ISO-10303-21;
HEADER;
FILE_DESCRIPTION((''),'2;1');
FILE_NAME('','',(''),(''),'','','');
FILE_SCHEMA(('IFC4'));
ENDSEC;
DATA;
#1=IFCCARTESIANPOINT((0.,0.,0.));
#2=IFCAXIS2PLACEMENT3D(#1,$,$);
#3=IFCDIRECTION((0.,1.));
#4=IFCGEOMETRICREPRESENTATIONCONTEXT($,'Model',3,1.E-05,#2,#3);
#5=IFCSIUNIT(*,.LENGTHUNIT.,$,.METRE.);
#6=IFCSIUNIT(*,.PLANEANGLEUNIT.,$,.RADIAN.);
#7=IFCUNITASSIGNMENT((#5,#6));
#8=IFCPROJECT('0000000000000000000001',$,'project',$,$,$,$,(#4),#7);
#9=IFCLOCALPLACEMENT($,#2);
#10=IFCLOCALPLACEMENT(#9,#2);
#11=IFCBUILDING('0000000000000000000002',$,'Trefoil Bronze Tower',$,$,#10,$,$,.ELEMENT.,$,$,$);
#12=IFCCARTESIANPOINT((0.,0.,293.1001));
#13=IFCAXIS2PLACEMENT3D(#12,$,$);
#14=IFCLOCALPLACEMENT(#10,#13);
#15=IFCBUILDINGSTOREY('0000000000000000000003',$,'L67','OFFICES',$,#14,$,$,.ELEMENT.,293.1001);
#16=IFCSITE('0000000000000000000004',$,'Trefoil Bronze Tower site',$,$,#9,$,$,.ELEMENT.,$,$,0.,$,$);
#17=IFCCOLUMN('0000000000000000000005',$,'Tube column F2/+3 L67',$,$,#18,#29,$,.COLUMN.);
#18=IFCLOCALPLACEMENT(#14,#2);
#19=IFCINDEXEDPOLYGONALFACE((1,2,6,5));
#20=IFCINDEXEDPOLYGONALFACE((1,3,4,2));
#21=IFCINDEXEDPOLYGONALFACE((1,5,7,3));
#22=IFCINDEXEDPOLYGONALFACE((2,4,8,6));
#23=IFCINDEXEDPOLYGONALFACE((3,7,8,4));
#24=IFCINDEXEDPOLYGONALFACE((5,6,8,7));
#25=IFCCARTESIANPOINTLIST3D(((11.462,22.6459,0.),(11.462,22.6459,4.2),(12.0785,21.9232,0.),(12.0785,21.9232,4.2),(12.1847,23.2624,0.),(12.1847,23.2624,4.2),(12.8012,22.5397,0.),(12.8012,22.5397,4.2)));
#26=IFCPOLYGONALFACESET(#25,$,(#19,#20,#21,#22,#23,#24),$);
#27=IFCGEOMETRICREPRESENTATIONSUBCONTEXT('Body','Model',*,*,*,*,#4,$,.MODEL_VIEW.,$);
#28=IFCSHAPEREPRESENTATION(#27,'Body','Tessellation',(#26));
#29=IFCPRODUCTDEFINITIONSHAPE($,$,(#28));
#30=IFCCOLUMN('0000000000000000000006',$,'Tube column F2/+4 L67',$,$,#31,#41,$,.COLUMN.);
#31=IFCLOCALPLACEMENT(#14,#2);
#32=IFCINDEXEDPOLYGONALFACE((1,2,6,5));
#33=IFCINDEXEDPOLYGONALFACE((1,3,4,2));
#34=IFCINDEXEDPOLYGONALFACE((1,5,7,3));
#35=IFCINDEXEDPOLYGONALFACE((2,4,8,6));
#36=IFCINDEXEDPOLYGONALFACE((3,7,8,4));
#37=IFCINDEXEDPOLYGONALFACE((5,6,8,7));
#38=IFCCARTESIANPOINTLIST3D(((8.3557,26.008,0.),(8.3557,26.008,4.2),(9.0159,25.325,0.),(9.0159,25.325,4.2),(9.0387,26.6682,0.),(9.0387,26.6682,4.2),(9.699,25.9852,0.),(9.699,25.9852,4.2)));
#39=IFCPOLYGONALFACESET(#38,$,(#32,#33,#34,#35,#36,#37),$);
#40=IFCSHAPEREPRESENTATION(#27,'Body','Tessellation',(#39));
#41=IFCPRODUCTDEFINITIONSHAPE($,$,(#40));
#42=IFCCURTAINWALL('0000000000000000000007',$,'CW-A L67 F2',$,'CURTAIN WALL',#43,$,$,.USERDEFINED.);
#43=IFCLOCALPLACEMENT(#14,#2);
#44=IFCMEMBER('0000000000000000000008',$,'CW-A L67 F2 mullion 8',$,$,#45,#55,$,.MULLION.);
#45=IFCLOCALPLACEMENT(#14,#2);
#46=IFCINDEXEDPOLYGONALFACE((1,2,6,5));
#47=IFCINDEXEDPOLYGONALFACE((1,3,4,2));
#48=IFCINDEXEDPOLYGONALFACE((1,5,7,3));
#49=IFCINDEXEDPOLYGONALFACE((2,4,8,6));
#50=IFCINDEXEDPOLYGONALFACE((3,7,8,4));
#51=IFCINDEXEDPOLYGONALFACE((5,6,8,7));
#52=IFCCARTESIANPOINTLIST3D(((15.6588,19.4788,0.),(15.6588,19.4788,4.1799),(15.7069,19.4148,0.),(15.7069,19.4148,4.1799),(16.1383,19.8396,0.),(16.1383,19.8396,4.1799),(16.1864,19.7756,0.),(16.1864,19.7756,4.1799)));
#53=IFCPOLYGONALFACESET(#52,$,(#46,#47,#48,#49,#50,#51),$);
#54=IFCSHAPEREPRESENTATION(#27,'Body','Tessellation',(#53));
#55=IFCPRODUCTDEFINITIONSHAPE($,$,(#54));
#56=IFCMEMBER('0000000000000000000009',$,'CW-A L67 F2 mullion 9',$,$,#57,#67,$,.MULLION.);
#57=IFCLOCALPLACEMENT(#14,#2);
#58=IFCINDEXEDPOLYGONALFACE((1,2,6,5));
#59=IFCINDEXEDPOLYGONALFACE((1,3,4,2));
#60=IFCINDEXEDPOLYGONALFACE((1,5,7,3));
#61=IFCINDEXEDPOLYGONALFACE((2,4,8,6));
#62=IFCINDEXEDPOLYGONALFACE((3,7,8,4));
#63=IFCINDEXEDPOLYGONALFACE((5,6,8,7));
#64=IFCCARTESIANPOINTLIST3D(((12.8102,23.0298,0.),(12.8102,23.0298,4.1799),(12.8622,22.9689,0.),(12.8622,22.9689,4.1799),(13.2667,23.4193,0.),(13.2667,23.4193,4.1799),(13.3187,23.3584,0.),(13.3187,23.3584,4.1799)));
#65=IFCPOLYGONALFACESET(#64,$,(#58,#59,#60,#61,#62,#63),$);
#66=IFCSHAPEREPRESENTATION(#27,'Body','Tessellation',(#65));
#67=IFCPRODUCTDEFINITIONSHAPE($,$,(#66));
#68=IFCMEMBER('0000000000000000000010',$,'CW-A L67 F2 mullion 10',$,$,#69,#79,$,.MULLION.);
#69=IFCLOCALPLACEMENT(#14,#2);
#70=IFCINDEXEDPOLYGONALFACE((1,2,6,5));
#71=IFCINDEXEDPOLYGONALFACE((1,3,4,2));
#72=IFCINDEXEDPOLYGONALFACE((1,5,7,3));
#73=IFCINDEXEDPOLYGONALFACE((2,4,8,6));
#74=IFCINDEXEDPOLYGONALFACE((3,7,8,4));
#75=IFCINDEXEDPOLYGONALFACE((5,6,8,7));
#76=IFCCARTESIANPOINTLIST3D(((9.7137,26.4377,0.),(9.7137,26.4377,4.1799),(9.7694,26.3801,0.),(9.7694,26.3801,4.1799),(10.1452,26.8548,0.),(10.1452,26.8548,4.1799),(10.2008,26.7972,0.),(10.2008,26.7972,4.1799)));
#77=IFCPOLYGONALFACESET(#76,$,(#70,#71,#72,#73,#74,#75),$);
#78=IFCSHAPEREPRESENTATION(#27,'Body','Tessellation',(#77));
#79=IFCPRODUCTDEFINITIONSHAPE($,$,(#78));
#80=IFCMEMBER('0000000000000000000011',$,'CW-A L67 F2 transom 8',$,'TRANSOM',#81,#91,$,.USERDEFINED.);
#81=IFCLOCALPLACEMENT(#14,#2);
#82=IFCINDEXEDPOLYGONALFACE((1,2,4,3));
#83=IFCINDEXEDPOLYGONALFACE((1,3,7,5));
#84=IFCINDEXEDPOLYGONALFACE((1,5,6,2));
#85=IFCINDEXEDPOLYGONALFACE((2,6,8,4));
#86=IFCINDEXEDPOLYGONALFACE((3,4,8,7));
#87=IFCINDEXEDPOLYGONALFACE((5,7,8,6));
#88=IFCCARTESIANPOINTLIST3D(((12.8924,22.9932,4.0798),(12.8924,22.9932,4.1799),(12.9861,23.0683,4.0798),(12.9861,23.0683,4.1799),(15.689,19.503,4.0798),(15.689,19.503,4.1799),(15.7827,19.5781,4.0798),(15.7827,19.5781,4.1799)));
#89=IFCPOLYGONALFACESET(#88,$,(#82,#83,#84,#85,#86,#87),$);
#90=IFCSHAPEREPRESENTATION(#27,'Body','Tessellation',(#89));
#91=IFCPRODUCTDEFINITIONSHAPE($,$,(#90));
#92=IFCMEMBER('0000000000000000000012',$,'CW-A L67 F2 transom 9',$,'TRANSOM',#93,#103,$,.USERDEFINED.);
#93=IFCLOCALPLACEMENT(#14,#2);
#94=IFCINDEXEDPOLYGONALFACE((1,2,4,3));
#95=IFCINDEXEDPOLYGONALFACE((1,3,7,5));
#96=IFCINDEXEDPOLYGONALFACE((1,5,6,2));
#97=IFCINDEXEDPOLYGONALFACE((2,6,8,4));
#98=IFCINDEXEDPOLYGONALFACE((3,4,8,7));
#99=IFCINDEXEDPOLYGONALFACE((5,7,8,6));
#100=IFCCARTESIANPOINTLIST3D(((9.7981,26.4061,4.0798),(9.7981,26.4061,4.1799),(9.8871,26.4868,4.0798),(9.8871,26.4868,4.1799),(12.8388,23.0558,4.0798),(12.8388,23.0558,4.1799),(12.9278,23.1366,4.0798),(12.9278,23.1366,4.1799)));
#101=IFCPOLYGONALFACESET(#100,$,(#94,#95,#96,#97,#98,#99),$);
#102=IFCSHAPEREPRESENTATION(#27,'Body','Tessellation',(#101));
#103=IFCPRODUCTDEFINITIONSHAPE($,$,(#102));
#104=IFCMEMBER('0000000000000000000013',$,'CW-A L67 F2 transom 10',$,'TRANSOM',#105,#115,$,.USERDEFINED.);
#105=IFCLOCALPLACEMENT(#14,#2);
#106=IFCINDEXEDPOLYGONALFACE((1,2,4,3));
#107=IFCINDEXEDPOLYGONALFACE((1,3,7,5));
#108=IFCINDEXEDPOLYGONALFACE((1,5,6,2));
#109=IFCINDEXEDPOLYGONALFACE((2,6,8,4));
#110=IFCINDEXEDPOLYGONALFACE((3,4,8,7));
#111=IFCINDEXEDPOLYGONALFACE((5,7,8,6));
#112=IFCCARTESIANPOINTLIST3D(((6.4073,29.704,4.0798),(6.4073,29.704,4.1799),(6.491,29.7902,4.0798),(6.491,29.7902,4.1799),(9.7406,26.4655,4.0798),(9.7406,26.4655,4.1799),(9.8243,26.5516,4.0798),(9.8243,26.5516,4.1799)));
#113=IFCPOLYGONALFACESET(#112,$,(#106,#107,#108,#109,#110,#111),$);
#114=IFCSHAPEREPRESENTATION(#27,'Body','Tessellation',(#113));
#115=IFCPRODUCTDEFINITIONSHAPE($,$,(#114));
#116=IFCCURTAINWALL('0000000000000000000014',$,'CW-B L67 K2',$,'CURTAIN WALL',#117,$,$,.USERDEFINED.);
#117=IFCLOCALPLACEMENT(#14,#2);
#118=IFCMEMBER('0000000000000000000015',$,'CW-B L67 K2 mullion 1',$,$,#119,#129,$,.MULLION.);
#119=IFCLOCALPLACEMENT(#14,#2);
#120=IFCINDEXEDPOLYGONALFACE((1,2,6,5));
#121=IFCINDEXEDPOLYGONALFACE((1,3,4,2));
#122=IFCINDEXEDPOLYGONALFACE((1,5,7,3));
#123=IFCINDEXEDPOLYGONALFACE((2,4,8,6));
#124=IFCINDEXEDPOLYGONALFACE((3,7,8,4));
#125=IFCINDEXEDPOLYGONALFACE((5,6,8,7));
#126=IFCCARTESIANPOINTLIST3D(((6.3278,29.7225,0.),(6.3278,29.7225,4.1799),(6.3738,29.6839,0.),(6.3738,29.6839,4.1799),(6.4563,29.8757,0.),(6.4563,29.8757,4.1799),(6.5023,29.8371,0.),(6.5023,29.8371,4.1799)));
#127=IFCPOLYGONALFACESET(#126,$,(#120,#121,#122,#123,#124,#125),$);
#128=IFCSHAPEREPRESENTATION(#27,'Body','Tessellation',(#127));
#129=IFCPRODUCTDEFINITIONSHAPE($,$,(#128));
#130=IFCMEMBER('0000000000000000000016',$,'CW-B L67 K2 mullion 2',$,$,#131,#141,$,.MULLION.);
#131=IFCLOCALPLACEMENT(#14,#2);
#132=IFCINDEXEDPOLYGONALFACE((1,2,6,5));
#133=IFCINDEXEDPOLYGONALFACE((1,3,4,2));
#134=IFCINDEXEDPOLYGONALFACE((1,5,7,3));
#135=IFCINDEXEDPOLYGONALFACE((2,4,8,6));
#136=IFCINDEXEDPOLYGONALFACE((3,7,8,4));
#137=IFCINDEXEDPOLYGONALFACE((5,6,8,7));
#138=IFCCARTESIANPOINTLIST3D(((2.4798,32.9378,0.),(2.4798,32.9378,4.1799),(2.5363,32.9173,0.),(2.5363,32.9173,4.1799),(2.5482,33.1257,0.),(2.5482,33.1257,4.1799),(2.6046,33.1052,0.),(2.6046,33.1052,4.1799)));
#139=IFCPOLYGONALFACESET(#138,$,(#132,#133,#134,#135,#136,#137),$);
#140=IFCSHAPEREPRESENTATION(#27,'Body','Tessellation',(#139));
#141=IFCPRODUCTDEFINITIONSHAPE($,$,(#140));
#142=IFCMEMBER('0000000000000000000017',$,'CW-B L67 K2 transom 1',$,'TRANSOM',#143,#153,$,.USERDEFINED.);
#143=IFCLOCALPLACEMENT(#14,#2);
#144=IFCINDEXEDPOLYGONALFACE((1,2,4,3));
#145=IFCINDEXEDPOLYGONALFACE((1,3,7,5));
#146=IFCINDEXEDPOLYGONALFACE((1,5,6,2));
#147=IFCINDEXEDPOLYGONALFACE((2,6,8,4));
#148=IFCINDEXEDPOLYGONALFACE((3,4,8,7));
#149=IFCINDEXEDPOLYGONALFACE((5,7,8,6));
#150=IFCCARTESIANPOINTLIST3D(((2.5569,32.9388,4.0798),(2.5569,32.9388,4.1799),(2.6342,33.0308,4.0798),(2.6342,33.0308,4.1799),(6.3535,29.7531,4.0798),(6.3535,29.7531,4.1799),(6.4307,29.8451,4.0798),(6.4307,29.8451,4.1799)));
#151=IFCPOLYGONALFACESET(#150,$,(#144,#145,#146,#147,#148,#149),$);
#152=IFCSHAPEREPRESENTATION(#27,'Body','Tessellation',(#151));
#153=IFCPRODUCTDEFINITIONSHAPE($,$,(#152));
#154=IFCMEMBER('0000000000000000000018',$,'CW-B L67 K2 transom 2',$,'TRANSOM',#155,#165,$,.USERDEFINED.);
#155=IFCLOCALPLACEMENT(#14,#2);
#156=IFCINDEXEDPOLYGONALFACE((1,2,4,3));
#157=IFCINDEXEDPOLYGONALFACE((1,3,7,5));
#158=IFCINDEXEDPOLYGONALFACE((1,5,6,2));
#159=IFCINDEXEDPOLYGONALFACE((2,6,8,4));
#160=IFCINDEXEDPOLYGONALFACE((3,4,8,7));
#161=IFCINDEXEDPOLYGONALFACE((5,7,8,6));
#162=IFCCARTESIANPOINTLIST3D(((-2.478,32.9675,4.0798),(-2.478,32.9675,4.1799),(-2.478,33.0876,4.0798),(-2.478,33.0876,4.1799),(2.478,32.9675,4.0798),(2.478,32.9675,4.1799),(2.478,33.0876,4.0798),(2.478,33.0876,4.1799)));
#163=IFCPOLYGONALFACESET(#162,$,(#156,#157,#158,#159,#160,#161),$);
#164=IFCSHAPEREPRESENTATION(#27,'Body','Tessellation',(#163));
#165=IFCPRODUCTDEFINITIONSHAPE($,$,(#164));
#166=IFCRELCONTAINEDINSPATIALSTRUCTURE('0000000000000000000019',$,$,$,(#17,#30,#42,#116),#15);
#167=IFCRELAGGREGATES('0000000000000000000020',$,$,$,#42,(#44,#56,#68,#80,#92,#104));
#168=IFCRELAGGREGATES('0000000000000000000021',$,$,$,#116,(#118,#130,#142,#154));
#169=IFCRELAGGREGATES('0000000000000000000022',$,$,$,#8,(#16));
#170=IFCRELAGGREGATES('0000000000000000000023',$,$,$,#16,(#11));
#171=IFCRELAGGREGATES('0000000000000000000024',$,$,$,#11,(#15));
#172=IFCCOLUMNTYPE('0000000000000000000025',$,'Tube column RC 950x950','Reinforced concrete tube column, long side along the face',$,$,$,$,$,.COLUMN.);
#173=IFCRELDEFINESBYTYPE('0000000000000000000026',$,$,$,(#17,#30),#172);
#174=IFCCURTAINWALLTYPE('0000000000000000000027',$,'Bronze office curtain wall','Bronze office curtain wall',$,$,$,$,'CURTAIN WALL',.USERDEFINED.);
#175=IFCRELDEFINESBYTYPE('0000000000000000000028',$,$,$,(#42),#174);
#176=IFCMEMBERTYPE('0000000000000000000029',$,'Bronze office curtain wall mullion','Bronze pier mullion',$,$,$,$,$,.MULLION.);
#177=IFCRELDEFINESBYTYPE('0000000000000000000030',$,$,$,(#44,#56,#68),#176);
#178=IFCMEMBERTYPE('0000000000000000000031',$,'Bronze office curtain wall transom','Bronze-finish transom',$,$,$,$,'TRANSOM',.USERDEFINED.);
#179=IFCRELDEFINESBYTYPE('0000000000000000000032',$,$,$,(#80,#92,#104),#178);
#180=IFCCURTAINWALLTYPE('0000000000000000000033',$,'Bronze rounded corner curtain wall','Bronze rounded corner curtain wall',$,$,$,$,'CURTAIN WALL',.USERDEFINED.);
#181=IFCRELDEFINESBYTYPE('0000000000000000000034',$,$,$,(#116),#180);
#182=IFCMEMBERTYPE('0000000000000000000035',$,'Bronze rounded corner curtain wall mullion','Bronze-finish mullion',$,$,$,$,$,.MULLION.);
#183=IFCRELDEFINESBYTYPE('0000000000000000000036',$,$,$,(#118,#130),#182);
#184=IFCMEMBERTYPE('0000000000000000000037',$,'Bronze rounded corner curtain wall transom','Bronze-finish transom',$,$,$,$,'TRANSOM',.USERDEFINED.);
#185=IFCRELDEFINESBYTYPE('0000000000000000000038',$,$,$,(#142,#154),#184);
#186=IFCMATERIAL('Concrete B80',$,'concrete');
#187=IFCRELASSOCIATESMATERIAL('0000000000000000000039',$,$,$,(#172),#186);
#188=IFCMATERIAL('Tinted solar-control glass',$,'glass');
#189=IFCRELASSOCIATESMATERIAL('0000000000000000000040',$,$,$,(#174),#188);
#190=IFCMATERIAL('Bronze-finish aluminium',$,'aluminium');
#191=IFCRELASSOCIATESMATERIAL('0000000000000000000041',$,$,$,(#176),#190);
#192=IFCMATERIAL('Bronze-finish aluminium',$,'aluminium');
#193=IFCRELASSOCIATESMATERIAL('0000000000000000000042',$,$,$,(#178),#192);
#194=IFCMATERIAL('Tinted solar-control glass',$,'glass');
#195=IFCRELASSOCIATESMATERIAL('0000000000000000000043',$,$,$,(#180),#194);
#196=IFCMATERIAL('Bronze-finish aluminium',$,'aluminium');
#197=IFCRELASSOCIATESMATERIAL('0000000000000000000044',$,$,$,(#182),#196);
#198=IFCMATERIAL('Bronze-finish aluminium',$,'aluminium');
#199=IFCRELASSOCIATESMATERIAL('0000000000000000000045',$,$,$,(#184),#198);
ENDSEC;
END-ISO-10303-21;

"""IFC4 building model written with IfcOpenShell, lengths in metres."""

from ifc_helpers import new_model, si_unit, direction, frame, origin, origin_2d, place, context, subcontext, project, spatial, rectangle, extrude, material, material_profile, profile_set, type_object, element, aggregate, save


model = new_model("IFC4")

# Units and contexts
model_context = context("Model", 3, precision=1e-05, world=origin(), true_north=direction((0.0, 1.0)))
body_context = subcontext(model_context, "Body", "Model", "MODEL_VIEW")
ifc_project = project(units=[si_unit("LENGTHUNIT", "METRE"), si_unit("PLANEANGLEUNIT", "RADIAN")], contexts=[model_context])

# Site, building, storey
site_placement = place(None, origin())
site = spatial("IfcSite", under=ifc_project, at=site_placement, Name="Trefoil Bronze Tower site", CompositionType="ELEMENT", RefElevation=0.0)
building_placement = place(site_placement, origin())
building = spatial("IfcBuilding", under=site, at=building_placement, Name="Trefoil Bronze Tower", CompositionType="ELEMENT")
storey_placement = place(building_placement, frame((0.0, 0.0, 293.1001)))
storey = spatial("IfcBuildingStorey", under=building, at=storey_placement, Name="L67", Description="OFFICES", CompositionType="ELEMENT", Elevation=293.1001)

# Columns
ifc_material_1 = material(Name="Concrete B80", Category="concrete")
ifc_material_profile_1 = material_profile(ifc_material_1, rectangle(XDim=0.95, YDim=0.95, at=origin_2d()), Name="RC 950x950")
ifc_profile_set_1 = profile_set([ifc_material_profile_1], Name="Concrete B80")
column_type = type_object("IfcColumnType", Name="Tube column RC 950x950", Description="Reinforced concrete tube column, long side along the face", PredefinedType="COLUMN", material=ifc_profile_set_1)
for number, where, z_axis, x_axis, name in (
    (1, (12.1316, 22.5928, 0.0), (0.0, 0.0, 1.0), (-0.649008, 0.760781, 0.0), "Tube column F2/+3 L67"),
    (2, (9.0273, 25.9966, 0.0), (0.0, 0.0, 1.0), (-0.695009, 0.719001, 0.0), "Tube column F2/+4 L67"),
):
    element("IfcColumn", number, at=place(storey_placement, frame(where, z_axis=z_axis, x_axis=x_axis)), inside=storey, type_object=column_type, Name=name, PredefinedType="COLUMN", context=body_context, shape_type="SweptSolid", body=[
        extrude(rectangle(XDim=0.95, YDim=0.95, at=origin_2d()), origin(), (0.0, 0.0, 1.0), 4.2),
    ])

# Curtain walls, members
ifc_material_2 = material(Name="Tinted solar-control glass", Category="glass")
curtain_wall_type_1 = type_object("IfcCurtainWallType", Name="Bronze office curtain wall", Description="Bronze office curtain wall", ElementType="CURTAIN WALL", PredefinedType="USERDEFINED", material=ifc_material_2)
curtain_wall_1_placement = place(storey_placement, origin())
curtain_wall_1 = element("IfcCurtainWall", 3, at=curtain_wall_1_placement, inside=storey, type_object=curtain_wall_type_1, Name="CW-A L67 F2", ObjectType="CURTAIN WALL", PredefinedType="USERDEFINED")
ifc_material_3 = material(Name="Bronze-finish aluminium", Category="aluminium")
ifc_material_profile_2 = material_profile(ifc_material_3, rectangle(XDim=0.6001, YDim=0.0801, at=origin_2d()), Name="CW-A mullion")
ifc_profile_set_2 = profile_set([ifc_material_profile_2], Name="Bronze-finish aluminium")
member_type_1 = type_object("IfcMemberType", Name="Bronze office curtain wall mullion", Description="Bronze pier mullion", PredefinedType="MULLION", material=ifc_profile_set_2)
member_1_placement = place(storey_placement, frame((15.9226, 19.6272, 0.0), z_axis=(0.0, 0.0, 1.0), x_axis=(-0.799096, -0.601203, 0.0)))
member_1 = element("IfcMember", 4, at=member_1_placement, type_object=member_type_1, Name="CW-A L67 F2 mullion 8", PredefinedType="MULLION", context=body_context, shape_type="SweptSolid", body=[
    extrude(rectangle(XDim=0.6001, YDim=0.0801, at=origin_2d()), origin(), (0.0, 0.0, 1.0), 4.1799),
])
member_2_placement = place(storey_placement, frame((13.0645, 23.1941, 0.0), z_axis=(0.0, 0.0, 1.0), x_axis=(-0.760781, -0.649008, 0.0)))
member_2 = element("IfcMember", 5, at=member_2_placement, type_object=member_type_1, Name="CW-A L67 F2 mullion 9", PredefinedType="MULLION", context=body_context, shape_type="SweptSolid", body=[
    extrude(rectangle(XDim=0.6001, YDim=0.0801, at=origin_2d()), origin(), (0.0, 0.0, 1.0), 4.1799),
])
member_3_placement = place(storey_placement, frame((9.9573, 26.6174, 0.0), z_axis=(0.0, 0.0, 1.0), x_axis=(-0.719001, -0.695009, 0.0)))
member_3 = element("IfcMember", 6, at=member_3_placement, type_object=member_type_1, Name="CW-A L67 F2 mullion 10", PredefinedType="MULLION", context=body_context, shape_type="SweptSolid", body=[
    extrude(rectangle(XDim=0.6001, YDim=0.0801, at=origin_2d()), origin(), (0.0, 0.0, 1.0), 4.1799),
])
ifc_material_4 = material(Name="Bronze-finish aluminium", Category="aluminium")
ifc_material_profile_3 = material_profile(ifc_material_4, rectangle(XDim=0.1201, YDim=0.1001, at=origin_2d()), Name="CW-A transom")
ifc_profile_set_3 = profile_set([ifc_material_profile_3], Name="Bronze-finish aluminium")
member_type_2 = type_object("IfcMemberType", Name="Bronze office curtain wall transom", Description="Bronze-finish transom", ElementType="TRANSOM", PredefinedType="USERDEFINED", material=ifc_profile_set_3)
member_4_placement = place(storey_placement, frame((15.7358, 19.5405, 4.1299), z_axis=(-0.625301, 0.780384, 0.0), x_axis=(-0.780384, -0.625301, 0.0)))
member_4 = element("IfcMember", 7, at=member_4_placement, type_object=member_type_2, Name="CW-A L67 F2 transom 8", ObjectType="TRANSOM", PredefinedType="USERDEFINED", context=body_context, shape_type="SweptSolid", body=[
    extrude(rectangle(XDim=0.1201, YDim=0.1001, at=origin_2d()), origin(), (0.0, 0.0, 1.0), 4.4724),
])
member_5_placement = place(storey_placement, frame((12.8833, 23.0962, 4.1299), z_axis=(-0.672068, 0.740489, 0.0), x_axis=(-0.740489, -0.672068, 0.0)))
member_5 = element("IfcMember", 8, at=member_5_placement, type_object=member_type_2, Name="CW-A L67 F2 transom 9", ObjectType="TRANSOM", PredefinedType="USERDEFINED", context=body_context, shape_type="SweptSolid", body=[
    extrude(rectangle(XDim=0.1201, YDim=0.1001, at=origin_2d()), origin(), (0.0, 0.0, 1.0), 4.5244),
])
member_6_placement = place(storey_placement, frame((9.7825, 26.5085, 4.1299), z_axis=(-0.717225, 0.696842, 0.0), x_axis=(-0.696842, -0.717225, 0.0)))
member_6 = element("IfcMember", 9, at=member_6_placement, type_object=member_type_2, Name="CW-A L67 F2 transom 10", ObjectType="TRANSOM", PredefinedType="USERDEFINED", context=body_context, shape_type="SweptSolid", body=[
    extrude(rectangle(XDim=0.1201, YDim=0.1001, at=origin_2d()), origin(), (0.0, 0.0, 1.0), 4.6475),
])
ifc_material_5 = material(Name="Tinted solar-control glass", Category="glass")
curtain_wall_type_2 = type_object("IfcCurtainWallType", Name="Bronze rounded corner curtain wall", Description="Bronze rounded corner curtain wall", ElementType="CURTAIN WALL", PredefinedType="USERDEFINED", material=ifc_material_5)
curtain_wall_2_placement = place(storey_placement, origin())
curtain_wall_2 = element("IfcCurtainWall", 10, at=curtain_wall_2_placement, inside=storey, type_object=curtain_wall_type_2, Name="CW-B L67 K2", ObjectType="CURTAIN WALL", PredefinedType="USERDEFINED")
ifc_material_6 = material(Name="Bronze-finish aluminium", Category="aluminium")
ifc_material_profile_4 = material_profile(ifc_material_6, rectangle(XDim=0.2, YDim=0.0601, at=origin_2d()), Name="CW-B mullion")
ifc_profile_set_4 = profile_set([ifc_material_profile_4], Name="Bronze-finish aluminium")
member_type_3 = type_object("IfcMemberType", Name="Bronze rounded corner curtain wall mullion", Description="Bronze-finish mullion", PredefinedType="MULLION", material=ifc_profile_set_4)
member_7_placement = place(storey_placement, frame((6.415, 29.7798, 0.0), z_axis=(0.0, 0.0, 1.0), x_axis=(-0.642788, -0.766044, 0.0)))
member_7 = element("IfcMember", 11, at=member_7_placement, type_object=member_type_3, Name="CW-B L67 K2 mullion 1", PredefinedType="MULLION", context=body_context, shape_type="SweptSolid", body=[
    extrude(rectangle(XDim=0.2, YDim=0.0601, at=origin_2d()), origin(), (0.0, 0.0, 1.0), 4.1799),
])
member_8_placement = place(storey_placement, frame((2.5422, 33.0215, 0.0), z_axis=(0.0, 0.0, 1.0), x_axis=(-0.34202, -0.939693, 0.0)))
member_8 = element("IfcMember", 12, at=member_8_placement, type_object=member_type_3, Name="CW-B L67 K2 mullion 2", PredefinedType="MULLION", context=body_context, shape_type="SweptSolid", body=[
    extrude(rectangle(XDim=0.2, YDim=0.0601, at=origin_2d()), origin(), (0.0, 0.0, 1.0), 4.1799),
])
ifc_material_7 = material(Name="Bronze-finish aluminium", Category="aluminium")
ifc_material_profile_5 = material_profile(ifc_material_7, rectangle(XDim=0.1201, YDim=0.1001, at=origin_2d()), Name="CW-B transom")
ifc_profile_set_5 = profile_set([ifc_material_profile_5], Name="Bronze-finish aluminium")
member_type_4 = type_object("IfcMemberType", Name="Bronze rounded corner curtain wall transom", Description="Bronze-finish transom", ElementType="TRANSOM", PredefinedType="USERDEFINED", material=ifc_profile_set_5)
member_9_placement = place(storey_placement, frame((6.3921, 29.7991, 4.1299), z_axis=(-0.766041, 0.642792, 0.0), x_axis=(-0.642792, -0.766041, 0.0)))
member_9 = element("IfcMember", 13, at=member_9_placement, type_object=member_type_4, Name="CW-B L67 K2 transom 1", ObjectType="TRANSOM", PredefinedType="USERDEFINED", context=body_context, shape_type="SweptSolid", body=[
    extrude(rectangle(XDim=0.1201, YDim=0.1001, at=origin_2d()), origin(), (0.0, 0.0, 1.0), 4.9561),
])
member_10_placement = place(storey_placement, frame((2.478, 33.0276, 4.1299), z_axis=(-1.0, 0.0, 0.0), x_axis=(0.0, -1.0, 0.0)))
member_10 = element("IfcMember", 14, at=member_10_placement, type_object=member_type_4, Name="CW-B L67 K2 transom 2", ObjectType="TRANSOM", PredefinedType="USERDEFINED", context=body_context, shape_type="SweptSolid", body=[
    extrude(rectangle(XDim=0.1201, YDim=0.1001, at=origin_2d()), origin(), (0.0, 0.0, 1.0), 4.9561),
])

aggregate(curtain_wall_1, [member_1, member_2, member_3, member_4, member_5, member_6])
aggregate(curtain_wall_2, [member_7, member_8, member_9, member_10])

save(model, "model.ifc")
